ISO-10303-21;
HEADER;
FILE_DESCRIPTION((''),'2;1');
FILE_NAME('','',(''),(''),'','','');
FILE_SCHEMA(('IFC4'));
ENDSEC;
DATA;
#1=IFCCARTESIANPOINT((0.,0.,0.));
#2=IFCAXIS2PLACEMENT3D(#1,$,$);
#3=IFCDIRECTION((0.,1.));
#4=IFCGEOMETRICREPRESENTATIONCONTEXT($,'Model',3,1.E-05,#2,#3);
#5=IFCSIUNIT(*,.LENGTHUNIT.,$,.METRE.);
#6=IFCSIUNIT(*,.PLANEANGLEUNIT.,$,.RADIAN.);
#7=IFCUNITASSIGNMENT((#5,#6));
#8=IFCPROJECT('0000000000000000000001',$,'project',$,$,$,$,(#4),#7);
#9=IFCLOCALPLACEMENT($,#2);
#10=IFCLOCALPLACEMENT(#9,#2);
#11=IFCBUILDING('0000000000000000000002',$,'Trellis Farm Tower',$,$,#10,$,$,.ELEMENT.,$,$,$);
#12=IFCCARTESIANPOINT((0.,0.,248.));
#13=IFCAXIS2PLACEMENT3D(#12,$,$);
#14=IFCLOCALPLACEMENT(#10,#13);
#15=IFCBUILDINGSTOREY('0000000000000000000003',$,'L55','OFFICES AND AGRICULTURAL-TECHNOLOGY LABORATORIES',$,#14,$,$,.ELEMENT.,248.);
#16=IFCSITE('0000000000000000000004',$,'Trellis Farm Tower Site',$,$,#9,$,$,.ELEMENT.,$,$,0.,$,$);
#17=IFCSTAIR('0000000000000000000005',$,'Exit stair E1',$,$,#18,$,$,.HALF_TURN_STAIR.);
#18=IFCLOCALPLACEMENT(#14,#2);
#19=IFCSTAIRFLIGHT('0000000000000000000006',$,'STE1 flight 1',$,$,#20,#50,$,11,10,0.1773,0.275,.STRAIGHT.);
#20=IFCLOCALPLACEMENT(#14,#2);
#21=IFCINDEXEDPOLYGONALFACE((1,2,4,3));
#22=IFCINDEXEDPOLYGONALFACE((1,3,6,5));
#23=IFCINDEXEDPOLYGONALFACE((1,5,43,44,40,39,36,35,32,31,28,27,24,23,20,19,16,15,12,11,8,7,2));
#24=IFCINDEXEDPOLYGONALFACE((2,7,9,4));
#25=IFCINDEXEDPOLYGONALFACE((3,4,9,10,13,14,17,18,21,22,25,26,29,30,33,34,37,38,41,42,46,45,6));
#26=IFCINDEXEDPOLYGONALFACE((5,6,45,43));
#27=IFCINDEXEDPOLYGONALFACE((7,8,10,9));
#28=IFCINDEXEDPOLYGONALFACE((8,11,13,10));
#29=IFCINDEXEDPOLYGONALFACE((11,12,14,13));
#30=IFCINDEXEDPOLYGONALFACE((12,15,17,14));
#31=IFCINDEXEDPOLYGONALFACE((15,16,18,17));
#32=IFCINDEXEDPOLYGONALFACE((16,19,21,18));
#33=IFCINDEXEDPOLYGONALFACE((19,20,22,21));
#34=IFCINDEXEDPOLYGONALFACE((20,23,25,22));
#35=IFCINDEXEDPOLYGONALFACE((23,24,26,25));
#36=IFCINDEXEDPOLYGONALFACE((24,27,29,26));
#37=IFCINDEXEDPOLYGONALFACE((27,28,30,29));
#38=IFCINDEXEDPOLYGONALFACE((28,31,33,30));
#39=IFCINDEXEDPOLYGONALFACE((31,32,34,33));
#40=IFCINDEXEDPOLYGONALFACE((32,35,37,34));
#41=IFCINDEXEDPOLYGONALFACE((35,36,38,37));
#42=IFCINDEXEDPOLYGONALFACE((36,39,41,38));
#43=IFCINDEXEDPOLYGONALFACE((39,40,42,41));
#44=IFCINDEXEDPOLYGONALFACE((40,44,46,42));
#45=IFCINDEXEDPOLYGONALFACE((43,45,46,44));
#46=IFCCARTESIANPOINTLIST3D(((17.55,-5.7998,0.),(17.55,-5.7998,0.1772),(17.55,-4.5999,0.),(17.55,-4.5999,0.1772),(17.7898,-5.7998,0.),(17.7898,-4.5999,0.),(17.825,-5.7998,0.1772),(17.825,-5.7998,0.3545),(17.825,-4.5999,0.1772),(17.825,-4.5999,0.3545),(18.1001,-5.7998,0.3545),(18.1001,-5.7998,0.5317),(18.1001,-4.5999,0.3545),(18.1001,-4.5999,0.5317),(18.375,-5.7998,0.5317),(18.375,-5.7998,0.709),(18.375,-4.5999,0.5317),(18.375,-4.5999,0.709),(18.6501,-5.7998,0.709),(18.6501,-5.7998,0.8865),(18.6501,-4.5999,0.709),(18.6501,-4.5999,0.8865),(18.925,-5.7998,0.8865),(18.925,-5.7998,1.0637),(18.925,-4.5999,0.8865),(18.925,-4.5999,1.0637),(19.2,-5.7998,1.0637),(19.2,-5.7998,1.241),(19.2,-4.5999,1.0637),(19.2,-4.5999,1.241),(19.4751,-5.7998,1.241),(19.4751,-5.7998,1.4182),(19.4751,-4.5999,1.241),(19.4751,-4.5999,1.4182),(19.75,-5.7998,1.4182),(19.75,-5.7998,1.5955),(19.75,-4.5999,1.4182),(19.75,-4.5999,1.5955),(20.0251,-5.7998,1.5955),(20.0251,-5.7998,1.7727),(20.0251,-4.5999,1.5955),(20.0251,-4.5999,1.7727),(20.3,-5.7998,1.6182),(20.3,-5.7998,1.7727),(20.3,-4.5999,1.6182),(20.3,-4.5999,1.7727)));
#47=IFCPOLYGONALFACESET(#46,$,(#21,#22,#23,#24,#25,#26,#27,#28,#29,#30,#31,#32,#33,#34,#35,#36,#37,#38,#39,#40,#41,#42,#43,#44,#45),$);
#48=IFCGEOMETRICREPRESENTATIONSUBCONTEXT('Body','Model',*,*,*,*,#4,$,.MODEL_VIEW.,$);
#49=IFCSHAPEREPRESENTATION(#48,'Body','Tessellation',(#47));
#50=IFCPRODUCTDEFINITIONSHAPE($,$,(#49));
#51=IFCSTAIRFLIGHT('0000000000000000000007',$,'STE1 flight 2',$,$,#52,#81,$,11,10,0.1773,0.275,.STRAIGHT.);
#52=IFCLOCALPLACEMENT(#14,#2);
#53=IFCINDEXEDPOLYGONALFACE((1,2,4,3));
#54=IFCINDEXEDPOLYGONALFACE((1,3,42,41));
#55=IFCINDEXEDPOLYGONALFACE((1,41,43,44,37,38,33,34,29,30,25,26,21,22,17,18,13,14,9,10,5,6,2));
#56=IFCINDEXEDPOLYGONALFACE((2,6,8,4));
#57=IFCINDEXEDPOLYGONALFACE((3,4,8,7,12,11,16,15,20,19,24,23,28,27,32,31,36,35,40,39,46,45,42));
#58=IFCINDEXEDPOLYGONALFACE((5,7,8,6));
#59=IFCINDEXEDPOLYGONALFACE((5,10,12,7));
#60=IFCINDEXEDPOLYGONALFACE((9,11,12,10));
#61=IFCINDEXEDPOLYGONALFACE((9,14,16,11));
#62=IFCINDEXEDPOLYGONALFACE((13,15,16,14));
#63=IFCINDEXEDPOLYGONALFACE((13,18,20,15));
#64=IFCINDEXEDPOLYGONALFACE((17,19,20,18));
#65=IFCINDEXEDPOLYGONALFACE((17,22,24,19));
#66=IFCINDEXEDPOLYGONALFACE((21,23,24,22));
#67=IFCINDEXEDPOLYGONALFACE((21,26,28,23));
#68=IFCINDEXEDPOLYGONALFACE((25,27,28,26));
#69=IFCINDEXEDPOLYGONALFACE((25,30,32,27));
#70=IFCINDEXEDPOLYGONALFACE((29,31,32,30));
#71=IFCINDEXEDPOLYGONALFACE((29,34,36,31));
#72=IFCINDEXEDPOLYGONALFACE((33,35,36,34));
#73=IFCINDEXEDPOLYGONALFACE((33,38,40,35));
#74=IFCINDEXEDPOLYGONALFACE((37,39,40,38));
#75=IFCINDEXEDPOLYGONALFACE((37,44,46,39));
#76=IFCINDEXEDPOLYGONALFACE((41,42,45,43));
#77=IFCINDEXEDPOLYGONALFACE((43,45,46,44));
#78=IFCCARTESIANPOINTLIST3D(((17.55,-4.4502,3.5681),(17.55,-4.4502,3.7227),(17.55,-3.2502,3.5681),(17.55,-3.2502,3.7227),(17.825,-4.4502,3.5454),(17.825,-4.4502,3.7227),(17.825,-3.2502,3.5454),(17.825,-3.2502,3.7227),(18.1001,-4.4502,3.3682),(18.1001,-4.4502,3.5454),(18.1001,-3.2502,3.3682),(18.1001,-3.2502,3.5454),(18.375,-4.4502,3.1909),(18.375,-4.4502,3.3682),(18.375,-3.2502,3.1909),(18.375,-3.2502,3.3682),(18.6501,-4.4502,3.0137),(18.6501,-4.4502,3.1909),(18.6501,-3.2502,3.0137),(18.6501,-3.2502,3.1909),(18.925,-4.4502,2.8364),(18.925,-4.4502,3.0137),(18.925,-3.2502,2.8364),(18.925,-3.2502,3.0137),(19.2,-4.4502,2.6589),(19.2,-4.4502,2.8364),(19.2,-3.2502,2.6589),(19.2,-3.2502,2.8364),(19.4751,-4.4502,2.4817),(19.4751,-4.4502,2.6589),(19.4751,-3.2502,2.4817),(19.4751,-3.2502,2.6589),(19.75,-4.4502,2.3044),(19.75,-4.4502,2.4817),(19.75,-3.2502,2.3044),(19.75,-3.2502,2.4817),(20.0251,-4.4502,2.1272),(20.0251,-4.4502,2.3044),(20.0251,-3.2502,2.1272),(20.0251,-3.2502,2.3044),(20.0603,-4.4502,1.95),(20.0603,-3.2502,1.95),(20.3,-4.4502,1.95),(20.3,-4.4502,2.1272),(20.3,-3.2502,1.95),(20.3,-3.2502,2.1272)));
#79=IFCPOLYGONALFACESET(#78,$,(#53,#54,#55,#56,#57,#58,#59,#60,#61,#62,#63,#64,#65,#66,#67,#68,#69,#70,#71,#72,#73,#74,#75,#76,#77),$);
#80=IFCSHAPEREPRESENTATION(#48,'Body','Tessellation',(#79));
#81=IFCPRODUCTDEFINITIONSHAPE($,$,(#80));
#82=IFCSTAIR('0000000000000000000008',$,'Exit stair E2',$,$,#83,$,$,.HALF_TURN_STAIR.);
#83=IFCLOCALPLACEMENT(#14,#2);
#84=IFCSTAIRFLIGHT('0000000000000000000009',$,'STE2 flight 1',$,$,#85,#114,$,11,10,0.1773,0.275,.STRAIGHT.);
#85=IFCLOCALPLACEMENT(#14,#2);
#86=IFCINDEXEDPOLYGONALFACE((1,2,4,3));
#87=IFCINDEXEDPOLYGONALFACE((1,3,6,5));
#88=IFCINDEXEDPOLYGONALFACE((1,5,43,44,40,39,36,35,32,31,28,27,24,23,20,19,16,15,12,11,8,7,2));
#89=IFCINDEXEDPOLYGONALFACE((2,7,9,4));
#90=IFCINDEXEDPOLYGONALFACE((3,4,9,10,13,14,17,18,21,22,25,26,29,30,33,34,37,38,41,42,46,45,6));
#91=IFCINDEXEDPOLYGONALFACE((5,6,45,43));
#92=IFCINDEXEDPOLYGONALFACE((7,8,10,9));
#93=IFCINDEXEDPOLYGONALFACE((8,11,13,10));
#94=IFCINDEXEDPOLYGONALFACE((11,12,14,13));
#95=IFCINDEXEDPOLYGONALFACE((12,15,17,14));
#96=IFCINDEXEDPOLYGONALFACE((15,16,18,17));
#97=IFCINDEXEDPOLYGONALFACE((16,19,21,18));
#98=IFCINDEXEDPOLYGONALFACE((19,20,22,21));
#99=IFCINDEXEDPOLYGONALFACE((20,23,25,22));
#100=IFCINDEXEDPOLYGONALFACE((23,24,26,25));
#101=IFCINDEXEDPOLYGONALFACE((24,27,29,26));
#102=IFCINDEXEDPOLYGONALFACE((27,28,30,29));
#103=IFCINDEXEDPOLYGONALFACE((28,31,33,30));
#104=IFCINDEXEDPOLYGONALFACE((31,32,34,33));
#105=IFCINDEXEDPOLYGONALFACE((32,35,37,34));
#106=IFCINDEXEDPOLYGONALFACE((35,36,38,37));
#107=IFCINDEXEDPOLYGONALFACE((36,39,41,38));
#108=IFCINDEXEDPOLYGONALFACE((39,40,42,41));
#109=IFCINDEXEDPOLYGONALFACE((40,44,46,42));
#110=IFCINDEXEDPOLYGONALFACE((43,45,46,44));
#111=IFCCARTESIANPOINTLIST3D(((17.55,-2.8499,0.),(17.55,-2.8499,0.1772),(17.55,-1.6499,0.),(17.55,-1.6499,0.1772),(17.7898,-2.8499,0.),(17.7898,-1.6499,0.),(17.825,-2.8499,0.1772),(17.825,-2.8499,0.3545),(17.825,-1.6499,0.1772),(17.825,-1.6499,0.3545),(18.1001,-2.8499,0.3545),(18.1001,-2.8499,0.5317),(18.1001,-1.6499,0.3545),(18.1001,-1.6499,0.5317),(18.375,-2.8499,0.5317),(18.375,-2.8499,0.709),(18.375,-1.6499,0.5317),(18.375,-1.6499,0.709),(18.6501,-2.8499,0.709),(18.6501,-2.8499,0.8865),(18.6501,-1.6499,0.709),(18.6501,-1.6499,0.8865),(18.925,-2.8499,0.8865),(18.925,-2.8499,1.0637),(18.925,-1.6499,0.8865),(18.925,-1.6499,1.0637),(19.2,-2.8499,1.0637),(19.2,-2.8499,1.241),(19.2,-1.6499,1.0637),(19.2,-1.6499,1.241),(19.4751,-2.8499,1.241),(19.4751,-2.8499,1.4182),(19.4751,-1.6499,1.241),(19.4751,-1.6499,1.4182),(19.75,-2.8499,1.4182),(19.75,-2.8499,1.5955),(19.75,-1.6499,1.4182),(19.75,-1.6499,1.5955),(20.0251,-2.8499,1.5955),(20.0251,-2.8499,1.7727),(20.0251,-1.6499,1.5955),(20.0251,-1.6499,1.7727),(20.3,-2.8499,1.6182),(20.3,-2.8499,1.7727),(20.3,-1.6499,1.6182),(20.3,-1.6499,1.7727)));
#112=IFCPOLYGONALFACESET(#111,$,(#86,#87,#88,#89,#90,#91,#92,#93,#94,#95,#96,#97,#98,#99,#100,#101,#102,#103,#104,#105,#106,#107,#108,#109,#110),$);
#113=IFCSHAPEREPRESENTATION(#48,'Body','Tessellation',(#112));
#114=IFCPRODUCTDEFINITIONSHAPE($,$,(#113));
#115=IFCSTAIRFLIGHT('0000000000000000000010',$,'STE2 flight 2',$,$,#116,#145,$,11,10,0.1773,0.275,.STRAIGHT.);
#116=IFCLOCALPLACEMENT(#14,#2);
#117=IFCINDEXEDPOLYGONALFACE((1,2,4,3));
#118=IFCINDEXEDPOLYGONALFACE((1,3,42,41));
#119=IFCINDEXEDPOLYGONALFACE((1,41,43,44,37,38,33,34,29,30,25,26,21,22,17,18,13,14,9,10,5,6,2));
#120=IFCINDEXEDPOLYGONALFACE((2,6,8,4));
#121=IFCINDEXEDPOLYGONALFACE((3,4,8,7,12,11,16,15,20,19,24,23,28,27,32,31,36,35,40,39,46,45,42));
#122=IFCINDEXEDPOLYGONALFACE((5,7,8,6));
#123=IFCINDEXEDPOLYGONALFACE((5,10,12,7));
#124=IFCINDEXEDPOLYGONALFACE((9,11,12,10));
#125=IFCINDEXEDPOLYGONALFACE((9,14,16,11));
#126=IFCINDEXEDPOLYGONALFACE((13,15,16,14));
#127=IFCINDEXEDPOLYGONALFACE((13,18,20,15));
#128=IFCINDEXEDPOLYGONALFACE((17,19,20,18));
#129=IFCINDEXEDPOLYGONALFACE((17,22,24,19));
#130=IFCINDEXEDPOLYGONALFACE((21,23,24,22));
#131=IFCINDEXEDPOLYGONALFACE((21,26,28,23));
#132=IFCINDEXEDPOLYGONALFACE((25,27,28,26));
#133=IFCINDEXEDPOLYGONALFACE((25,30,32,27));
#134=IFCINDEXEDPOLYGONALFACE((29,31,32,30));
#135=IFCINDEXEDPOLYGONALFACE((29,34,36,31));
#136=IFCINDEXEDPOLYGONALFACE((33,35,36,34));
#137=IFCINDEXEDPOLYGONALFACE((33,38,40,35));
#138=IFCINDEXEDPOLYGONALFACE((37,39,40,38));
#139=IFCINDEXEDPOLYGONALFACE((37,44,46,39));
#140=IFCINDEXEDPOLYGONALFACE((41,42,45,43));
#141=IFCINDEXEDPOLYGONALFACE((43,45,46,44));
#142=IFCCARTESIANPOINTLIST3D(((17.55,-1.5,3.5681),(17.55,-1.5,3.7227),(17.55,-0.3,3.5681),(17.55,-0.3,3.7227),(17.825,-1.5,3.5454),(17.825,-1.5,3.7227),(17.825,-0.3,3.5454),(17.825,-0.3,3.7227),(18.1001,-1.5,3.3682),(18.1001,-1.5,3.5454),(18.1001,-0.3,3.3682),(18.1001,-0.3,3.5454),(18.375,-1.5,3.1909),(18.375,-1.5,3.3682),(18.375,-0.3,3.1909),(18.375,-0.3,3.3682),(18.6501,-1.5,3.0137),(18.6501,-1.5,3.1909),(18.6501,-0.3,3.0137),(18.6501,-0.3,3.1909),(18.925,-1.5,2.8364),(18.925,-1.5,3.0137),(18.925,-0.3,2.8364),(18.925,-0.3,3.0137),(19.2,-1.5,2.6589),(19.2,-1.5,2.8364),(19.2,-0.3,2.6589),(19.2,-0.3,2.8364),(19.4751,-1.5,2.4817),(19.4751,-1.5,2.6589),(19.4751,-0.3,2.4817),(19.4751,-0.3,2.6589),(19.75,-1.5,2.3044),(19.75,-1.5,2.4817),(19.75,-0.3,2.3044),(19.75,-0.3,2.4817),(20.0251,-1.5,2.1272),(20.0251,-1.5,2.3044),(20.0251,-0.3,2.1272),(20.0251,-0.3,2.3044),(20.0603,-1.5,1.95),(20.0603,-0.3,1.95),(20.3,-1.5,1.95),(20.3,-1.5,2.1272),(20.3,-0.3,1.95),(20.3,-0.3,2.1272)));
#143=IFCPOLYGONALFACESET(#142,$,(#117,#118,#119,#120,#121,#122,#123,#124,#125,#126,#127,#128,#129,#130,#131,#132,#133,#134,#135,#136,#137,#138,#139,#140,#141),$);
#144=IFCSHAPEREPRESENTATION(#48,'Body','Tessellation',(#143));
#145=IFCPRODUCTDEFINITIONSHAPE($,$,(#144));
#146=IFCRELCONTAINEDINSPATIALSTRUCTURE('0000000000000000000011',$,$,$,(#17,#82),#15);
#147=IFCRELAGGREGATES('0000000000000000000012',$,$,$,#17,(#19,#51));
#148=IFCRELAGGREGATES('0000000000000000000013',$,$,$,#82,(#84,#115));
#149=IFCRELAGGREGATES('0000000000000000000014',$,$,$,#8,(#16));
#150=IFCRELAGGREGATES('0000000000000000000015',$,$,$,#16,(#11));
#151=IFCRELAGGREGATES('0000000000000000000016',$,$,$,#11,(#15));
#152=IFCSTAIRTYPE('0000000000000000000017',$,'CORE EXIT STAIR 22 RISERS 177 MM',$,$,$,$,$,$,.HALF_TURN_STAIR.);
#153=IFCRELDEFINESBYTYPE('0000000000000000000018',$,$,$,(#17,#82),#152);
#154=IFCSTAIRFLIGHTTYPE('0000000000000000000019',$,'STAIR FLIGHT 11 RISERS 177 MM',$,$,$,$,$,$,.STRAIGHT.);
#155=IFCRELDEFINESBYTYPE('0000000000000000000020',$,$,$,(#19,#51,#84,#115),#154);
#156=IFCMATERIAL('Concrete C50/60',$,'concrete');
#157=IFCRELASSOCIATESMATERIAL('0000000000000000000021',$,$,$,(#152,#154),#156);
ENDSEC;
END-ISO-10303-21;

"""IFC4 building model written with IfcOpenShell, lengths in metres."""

from ifc_helpers import new_model, si_unit, direction, frame, origin, place, context, subcontext, project, spatial, polyline, outline, extrude, source, transform, mapped, material, type_object, element, aggregate, save


model = new_model("IFC4")

# Units and contexts
model_context = context("Model", 3, precision=1e-05, world=origin(), true_north=direction((0.0, 1.0)))
body_context = subcontext(model_context, "Body", "Model", "MODEL_VIEW")
ifc_project = project(units=[si_unit("LENGTHUNIT", "METRE"), si_unit("PLANEANGLEUNIT", "RADIAN")], contexts=[model_context])

# Site, building, storey
site_placement = place(None, origin())
site = spatial("IfcSite", under=ifc_project, at=site_placement, Name="Trellis Farm Tower Site", CompositionType="ELEMENT", RefElevation=0.0)
building_placement = place(site_placement, origin())
building = spatial("IfcBuilding", under=site, at=building_placement, Name="Trellis Farm Tower", CompositionType="ELEMENT")
storey_placement = place(building_placement, frame((0.0, 0.0, 248.0)))
storey = spatial("IfcBuildingStorey", under=building, at=storey_placement, Name="L55", Description="OFFICES AND AGRICULTURAL-TECHNOLOGY LABORATORIES", CompositionType="ELEMENT", Elevation=248.0)

# Shared definitions
placement = place(storey_placement, origin())

# Stairs, stair flights
ifc_material_1 = material(Name="Concrete C50/60", Category="concrete")
stair_type = type_object("IfcStairType", Name="CORE EXIT STAIR 22 RISERS 177 MM", PredefinedType="HALF_TURN_STAIR", material=ifc_material_1)
stair_1 = element("IfcStair", 1, at=placement, inside=storey, type_object=stair_type, Name="Exit stair E1", PredefinedType="HALF_TURN_STAIR")
stair_flight_type = type_object("IfcStairFlightType", Name="STAIR FLIGHT 11 RISERS 177 MM", PredefinedType="STRAIGHT", material=ifc_material_1)
shared_shape_1 = source(origin(), body_context, "Body", "SweptSolid", [
    extrude(outline(polyline([(0.0, 0.0), (0.0, 0.1772), (0.2749, 0.1772), (0.2749, 0.3545), (0.55, 0.3545), (0.55, 0.5317), (0.825, 0.5317), (0.825, 0.709), (1.1001, 0.709), (1.1001, 0.8865), (1.375, 0.8865), (1.375, 1.0637), (1.6499, 1.0637), (1.6499, 1.241), (1.925, 1.241), (1.925, 1.4182), (2.2, 1.4182), (2.2, 1.5955), (2.4751, 1.5955), (2.4751, 1.7727), (2.75, 1.7727), (2.75, 1.95), (2.75, 1.6182), (0.2397, 0.0), (0.0, 0.0)])), frame((0.0, 0.6001, 0.0), z_axis=(0.0, -1.0, 0.0), x_axis=(1.0, 0.0, 0.0)), (0.0, 0.0, 1.0), 1.2),
])
stair_flight_1_placement = place(storey_placement, frame((17.55, -5.2, 0.0), z_axis=(0.0, 0.0, 1.0), x_axis=(1.0, 0.0, 0.0)))
stair_flight_1 = element("IfcStairFlight", 2, at=stair_flight_1_placement, type_object=stair_flight_type, Name="STE1 flight 1", NumberOfRisers=11, NumberOfTreads=10, PredefinedType="STRAIGHT", RiserHeight=0.1773, TreadLength=0.275, context=body_context, shape_type="MappedRepresentation", body=[
    mapped(shared_shape_1, transform((0.0, 0.0, 0.0))),
])
stair_flight_2_placement = place(storey_placement, frame((20.3, -3.8501, 1.95), z_axis=(0.0, 0.0, 1.0), x_axis=(-1.0, 0.0, 0.0)))
stair_flight_2 = element("IfcStairFlight", 3, at=stair_flight_2_placement, type_object=stair_flight_type, Name="STE1 flight 2", NumberOfRisers=11, NumberOfTreads=10, PredefinedType="STRAIGHT", RiserHeight=0.1773, TreadLength=0.275, context=body_context, shape_type="MappedRepresentation", body=[
    mapped(shared_shape_1, transform((0.0, 0.0, 0.0))),
])
aggregate(stair_1, [stair_flight_1, stair_flight_2])
stair_2 = element("IfcStair", 4, at=placement, inside=storey, type_object=stair_type, Name="Exit stair E2", PredefinedType="HALF_TURN_STAIR")
stair_flight_3_placement = place(storey_placement, frame((17.55, -2.25, 0.0), z_axis=(0.0, 0.0, 1.0), x_axis=(1.0, 0.0, 0.0)))
stair_flight_3 = element("IfcStairFlight", 5, at=stair_flight_3_placement, type_object=stair_flight_type, Name="STE2 flight 1", NumberOfRisers=11, NumberOfTreads=10, PredefinedType="STRAIGHT", RiserHeight=0.1773, TreadLength=0.275, context=body_context, shape_type="MappedRepresentation", body=[
    mapped(shared_shape_1, transform((0.0, 0.0, 0.0))),
])
stair_flight_4_placement = place(storey_placement, frame((20.3, -0.8999, 1.95), z_axis=(0.0, 0.0, 1.0), x_axis=(-1.0, 0.0, 0.0)))
stair_flight_4 = element("IfcStairFlight", 6, at=stair_flight_4_placement, type_object=stair_flight_type, Name="STE2 flight 2", NumberOfRisers=11, NumberOfTreads=10, PredefinedType="STRAIGHT", RiserHeight=0.1773, TreadLength=0.275, context=body_context, shape_type="MappedRepresentation", body=[
    mapped(shared_shape_1, transform((0.0, 0.0, 0.0))),
])
aggregate(stair_2, [stair_flight_3, stair_flight_4])

save(model, "model.ifc")
